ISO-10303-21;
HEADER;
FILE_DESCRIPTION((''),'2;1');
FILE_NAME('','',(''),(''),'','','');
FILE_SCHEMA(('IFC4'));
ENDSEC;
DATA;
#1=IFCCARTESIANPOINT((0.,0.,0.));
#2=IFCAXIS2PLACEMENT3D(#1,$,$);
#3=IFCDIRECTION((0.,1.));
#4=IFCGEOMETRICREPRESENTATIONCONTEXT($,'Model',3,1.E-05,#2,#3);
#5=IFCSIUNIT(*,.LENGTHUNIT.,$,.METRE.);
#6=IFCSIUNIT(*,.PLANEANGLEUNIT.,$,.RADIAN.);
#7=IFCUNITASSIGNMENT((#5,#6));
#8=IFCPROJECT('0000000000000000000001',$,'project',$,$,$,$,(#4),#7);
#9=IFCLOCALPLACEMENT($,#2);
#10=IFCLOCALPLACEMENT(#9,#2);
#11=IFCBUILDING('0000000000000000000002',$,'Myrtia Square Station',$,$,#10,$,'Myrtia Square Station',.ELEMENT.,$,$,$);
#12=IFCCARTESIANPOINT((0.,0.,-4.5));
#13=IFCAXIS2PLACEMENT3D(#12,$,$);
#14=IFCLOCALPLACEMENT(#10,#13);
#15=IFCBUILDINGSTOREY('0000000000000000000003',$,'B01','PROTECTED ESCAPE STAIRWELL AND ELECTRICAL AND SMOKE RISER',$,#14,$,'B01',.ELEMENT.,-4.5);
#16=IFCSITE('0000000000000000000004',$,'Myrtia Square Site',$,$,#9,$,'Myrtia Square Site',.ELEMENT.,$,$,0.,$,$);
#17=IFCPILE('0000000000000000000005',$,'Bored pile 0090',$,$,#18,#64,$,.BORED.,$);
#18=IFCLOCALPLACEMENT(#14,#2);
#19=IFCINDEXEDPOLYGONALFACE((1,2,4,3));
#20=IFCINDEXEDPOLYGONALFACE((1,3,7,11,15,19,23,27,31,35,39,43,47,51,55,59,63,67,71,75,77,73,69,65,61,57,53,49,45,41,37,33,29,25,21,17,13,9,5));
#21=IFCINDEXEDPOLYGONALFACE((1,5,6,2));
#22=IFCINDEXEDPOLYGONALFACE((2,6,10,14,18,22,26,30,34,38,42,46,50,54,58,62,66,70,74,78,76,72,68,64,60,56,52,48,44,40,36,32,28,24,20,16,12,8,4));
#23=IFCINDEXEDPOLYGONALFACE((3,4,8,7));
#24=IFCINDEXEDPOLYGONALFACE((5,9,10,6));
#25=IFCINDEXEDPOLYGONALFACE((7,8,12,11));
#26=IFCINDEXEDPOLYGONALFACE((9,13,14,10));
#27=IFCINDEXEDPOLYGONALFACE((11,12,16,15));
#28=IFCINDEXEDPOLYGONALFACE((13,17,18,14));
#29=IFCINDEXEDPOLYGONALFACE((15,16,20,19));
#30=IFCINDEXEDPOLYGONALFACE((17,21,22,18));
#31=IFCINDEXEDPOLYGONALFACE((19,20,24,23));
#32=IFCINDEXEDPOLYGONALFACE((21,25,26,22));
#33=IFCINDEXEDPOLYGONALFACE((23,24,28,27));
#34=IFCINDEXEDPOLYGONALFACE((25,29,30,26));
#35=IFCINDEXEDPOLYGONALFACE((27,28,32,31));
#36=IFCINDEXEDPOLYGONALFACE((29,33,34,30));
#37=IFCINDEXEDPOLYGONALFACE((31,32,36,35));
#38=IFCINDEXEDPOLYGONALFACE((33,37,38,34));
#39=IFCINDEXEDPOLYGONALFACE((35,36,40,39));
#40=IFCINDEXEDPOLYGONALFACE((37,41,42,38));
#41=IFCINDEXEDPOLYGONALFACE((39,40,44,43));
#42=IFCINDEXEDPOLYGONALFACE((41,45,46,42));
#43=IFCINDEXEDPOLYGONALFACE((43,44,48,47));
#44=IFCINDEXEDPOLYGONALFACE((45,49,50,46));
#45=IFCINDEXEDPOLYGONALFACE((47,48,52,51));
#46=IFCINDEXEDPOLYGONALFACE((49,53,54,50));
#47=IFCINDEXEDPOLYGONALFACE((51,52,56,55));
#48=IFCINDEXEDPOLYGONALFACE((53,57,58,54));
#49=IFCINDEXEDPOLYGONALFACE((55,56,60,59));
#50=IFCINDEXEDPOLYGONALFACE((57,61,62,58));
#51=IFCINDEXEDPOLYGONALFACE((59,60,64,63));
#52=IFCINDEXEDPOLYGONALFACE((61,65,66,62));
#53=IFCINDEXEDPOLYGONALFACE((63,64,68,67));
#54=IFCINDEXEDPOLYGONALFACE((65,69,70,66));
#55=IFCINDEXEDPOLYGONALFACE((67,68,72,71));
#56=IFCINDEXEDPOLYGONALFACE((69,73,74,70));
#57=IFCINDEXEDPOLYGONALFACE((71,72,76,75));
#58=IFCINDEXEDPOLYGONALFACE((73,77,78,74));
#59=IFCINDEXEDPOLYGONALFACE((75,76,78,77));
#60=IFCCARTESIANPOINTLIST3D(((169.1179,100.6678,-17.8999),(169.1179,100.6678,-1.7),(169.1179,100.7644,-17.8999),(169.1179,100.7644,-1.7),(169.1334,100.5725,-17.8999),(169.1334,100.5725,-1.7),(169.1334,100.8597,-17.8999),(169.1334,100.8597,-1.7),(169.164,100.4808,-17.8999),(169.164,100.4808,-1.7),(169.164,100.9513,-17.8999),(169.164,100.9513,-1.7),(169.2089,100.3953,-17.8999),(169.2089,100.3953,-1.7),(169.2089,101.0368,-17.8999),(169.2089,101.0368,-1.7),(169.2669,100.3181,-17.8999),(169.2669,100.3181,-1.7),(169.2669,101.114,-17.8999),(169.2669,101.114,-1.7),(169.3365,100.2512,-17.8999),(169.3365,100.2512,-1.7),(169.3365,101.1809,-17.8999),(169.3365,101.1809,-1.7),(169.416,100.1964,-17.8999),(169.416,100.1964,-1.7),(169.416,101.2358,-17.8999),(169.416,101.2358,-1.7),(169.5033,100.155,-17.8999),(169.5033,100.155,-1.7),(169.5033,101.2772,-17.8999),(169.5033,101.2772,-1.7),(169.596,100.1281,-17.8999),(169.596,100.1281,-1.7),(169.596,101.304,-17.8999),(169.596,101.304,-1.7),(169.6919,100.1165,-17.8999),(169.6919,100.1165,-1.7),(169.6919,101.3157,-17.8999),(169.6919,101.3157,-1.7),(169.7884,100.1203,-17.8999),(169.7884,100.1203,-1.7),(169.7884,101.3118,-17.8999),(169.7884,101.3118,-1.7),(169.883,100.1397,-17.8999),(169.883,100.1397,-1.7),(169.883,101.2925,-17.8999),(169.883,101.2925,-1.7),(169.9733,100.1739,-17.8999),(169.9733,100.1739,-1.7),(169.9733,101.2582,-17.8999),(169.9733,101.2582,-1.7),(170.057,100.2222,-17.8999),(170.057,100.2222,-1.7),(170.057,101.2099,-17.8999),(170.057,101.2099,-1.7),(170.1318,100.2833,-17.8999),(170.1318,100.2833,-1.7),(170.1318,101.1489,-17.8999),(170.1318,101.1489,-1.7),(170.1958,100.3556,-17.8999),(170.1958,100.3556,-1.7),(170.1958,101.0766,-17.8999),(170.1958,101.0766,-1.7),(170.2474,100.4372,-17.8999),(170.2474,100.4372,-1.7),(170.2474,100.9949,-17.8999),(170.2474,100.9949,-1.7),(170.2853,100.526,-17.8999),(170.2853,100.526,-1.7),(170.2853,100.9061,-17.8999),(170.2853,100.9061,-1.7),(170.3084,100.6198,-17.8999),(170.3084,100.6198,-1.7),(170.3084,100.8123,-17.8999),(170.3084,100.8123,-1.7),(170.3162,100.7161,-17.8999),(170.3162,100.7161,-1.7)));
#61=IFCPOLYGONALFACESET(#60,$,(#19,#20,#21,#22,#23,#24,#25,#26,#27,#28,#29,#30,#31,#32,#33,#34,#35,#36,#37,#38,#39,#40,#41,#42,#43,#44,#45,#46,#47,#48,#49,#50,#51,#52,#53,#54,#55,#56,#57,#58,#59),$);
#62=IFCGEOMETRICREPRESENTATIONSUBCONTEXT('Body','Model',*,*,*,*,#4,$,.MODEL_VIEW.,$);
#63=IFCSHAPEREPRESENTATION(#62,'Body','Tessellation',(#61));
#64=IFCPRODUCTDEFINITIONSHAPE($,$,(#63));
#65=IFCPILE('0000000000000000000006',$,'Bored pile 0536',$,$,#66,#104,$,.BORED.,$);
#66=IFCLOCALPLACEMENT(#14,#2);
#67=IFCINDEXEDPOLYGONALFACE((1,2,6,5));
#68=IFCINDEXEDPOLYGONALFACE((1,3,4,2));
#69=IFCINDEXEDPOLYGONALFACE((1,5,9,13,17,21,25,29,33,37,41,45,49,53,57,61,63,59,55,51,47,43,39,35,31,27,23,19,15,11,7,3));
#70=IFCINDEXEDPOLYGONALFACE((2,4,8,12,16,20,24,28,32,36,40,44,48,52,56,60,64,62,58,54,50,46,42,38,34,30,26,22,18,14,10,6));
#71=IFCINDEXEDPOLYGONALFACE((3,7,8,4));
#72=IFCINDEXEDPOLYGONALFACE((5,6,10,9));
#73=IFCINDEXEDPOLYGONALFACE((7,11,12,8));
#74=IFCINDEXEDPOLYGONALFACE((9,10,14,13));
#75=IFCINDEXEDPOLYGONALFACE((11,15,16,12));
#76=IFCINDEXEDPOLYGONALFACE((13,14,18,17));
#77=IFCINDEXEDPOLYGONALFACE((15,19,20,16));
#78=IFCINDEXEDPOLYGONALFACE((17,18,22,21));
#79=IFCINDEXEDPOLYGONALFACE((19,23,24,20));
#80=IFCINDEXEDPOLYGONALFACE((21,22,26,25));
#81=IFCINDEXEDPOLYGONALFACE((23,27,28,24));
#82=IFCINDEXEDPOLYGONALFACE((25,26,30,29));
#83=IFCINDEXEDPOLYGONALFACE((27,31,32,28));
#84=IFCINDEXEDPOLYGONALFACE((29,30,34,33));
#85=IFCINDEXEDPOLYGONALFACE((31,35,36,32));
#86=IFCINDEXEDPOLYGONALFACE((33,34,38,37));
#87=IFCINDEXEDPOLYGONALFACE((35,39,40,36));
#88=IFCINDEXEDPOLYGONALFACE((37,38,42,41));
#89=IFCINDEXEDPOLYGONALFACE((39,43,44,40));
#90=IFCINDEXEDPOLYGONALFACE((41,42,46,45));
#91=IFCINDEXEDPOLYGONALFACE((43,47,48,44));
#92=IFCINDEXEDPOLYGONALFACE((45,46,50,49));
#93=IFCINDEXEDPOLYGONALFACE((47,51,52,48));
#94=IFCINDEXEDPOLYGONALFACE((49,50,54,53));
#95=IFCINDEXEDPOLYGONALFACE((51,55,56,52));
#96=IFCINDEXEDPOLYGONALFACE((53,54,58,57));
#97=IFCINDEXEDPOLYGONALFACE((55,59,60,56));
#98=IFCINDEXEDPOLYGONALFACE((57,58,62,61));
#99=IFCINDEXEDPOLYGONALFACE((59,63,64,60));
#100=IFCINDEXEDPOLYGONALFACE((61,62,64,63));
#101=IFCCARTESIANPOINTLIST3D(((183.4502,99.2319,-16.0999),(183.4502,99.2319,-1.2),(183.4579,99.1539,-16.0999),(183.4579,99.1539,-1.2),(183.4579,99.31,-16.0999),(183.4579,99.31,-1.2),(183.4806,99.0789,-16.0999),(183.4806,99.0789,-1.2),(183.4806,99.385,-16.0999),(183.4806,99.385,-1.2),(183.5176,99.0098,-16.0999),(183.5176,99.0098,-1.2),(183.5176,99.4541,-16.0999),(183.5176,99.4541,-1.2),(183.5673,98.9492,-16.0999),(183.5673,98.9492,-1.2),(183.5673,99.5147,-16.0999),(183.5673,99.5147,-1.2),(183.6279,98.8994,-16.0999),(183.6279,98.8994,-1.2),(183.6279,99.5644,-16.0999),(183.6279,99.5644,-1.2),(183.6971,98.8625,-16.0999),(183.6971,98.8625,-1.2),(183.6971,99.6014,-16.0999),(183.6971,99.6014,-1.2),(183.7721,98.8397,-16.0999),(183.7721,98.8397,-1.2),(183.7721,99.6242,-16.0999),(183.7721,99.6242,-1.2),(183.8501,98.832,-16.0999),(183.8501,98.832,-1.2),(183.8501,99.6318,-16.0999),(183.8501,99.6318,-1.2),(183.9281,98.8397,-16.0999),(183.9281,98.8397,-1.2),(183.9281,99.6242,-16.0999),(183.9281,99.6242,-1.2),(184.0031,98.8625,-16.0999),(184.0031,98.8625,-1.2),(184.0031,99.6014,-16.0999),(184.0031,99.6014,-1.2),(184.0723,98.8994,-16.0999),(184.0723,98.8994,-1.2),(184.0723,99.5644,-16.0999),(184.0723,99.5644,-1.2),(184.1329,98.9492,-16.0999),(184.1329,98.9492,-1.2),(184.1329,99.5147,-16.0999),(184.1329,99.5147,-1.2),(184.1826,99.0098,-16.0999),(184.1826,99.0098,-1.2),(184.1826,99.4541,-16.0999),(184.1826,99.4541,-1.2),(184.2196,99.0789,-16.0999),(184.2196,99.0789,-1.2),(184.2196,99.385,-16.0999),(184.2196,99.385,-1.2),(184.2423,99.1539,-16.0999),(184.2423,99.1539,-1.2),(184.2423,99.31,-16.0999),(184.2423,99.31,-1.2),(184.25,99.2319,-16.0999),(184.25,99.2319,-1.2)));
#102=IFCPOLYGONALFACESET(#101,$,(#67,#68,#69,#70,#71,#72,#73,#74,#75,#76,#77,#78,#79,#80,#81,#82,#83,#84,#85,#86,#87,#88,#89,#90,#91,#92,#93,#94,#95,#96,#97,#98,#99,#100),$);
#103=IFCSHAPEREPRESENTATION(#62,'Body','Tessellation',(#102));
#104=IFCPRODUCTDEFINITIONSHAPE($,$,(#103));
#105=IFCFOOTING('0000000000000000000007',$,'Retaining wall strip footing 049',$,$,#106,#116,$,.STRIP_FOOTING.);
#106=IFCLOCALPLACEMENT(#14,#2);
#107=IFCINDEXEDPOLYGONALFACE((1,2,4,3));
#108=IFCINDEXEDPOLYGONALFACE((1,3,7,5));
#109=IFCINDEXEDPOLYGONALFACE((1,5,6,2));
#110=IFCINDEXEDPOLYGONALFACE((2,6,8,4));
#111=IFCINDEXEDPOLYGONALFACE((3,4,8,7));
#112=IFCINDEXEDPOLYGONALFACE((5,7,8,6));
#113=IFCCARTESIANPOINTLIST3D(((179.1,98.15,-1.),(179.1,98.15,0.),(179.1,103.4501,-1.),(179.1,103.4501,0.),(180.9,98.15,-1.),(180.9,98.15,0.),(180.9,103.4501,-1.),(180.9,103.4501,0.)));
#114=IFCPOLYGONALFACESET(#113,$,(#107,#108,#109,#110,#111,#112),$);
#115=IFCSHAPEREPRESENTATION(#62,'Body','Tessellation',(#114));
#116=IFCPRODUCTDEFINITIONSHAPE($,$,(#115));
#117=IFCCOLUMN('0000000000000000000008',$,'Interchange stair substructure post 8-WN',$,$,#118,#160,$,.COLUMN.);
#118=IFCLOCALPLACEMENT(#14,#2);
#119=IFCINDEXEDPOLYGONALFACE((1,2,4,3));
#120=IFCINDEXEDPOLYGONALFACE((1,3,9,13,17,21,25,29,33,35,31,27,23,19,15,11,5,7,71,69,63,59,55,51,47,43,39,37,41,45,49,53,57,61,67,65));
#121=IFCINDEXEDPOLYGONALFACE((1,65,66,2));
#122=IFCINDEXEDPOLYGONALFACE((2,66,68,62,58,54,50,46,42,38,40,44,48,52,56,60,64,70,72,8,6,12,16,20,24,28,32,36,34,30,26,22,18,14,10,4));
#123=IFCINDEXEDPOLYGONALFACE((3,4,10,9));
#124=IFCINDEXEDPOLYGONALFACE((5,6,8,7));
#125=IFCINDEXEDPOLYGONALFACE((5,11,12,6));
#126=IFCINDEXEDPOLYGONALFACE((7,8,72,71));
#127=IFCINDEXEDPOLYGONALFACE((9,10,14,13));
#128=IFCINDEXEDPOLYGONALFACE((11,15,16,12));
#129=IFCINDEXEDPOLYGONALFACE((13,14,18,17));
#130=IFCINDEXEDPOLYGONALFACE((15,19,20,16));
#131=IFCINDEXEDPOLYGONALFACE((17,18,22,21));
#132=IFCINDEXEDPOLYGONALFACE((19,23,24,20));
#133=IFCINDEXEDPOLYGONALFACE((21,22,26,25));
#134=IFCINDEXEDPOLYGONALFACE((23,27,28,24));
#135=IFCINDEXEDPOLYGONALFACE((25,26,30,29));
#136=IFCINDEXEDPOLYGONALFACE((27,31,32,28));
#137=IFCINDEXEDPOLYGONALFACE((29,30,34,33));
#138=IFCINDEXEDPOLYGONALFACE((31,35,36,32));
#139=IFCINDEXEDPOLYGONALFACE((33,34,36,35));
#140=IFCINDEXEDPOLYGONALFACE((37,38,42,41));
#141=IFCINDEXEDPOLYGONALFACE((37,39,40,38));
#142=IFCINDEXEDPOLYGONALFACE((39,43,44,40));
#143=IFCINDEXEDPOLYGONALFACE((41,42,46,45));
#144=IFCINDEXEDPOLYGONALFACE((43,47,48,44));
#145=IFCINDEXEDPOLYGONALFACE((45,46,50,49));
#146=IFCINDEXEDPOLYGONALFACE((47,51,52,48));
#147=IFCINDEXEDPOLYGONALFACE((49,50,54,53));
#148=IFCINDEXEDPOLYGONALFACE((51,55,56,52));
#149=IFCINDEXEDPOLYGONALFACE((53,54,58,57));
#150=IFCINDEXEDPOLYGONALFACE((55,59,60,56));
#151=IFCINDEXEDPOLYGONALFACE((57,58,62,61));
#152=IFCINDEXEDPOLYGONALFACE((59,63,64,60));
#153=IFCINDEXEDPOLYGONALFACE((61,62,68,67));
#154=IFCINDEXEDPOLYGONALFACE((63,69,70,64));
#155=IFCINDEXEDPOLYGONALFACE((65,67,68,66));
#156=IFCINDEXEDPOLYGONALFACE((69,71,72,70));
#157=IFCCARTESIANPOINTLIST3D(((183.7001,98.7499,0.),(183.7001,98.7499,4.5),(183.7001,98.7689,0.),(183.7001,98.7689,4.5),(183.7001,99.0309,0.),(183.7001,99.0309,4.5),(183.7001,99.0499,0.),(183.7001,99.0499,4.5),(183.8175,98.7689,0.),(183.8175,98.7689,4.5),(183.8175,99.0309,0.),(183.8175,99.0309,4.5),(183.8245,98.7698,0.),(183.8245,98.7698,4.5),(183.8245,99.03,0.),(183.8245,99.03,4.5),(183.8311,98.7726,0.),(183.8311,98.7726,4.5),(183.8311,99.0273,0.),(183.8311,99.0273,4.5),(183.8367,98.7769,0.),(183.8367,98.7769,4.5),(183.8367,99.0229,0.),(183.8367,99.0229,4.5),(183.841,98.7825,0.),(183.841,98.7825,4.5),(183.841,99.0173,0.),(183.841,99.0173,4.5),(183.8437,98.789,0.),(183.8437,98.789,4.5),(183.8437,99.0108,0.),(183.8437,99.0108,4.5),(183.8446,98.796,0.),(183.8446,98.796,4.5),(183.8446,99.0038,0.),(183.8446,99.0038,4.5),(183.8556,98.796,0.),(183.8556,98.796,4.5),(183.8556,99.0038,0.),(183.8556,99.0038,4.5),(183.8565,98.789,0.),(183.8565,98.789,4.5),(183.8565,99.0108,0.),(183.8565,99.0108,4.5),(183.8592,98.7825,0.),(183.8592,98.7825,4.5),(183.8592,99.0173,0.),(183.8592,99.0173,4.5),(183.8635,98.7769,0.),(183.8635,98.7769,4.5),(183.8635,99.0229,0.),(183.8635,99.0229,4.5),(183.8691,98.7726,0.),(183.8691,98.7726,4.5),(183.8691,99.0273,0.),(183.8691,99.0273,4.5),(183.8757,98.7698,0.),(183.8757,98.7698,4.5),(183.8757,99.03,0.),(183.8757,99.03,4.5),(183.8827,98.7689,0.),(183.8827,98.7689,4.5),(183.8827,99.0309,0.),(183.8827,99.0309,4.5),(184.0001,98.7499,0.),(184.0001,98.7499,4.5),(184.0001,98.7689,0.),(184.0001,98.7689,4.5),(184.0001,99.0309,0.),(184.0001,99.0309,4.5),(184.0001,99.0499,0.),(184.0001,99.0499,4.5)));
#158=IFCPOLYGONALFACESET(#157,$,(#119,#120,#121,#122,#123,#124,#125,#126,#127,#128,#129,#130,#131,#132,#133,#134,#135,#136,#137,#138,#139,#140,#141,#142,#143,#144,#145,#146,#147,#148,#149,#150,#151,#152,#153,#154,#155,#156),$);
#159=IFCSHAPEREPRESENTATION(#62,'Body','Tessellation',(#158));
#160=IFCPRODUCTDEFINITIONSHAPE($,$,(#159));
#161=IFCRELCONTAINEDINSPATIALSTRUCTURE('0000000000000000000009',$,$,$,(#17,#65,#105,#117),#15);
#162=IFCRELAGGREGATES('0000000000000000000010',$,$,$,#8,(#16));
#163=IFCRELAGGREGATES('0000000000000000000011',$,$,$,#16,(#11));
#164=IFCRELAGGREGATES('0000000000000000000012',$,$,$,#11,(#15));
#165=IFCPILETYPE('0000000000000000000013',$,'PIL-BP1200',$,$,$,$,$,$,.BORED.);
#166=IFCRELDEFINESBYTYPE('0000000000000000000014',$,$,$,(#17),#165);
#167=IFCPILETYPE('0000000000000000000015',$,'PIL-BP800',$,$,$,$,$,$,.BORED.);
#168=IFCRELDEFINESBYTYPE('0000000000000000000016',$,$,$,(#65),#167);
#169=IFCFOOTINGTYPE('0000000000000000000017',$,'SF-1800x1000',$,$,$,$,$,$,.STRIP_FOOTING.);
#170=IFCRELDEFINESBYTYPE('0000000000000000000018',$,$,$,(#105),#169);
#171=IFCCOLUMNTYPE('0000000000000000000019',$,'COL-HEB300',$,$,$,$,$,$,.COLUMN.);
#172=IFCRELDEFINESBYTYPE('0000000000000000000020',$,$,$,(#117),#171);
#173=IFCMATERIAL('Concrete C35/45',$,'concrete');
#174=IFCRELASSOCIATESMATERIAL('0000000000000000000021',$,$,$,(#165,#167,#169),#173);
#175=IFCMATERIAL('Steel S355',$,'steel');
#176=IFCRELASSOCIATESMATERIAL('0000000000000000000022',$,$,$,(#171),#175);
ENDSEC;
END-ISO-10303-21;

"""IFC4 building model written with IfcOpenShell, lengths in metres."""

from ifc_helpers import new_model, si_unit, direction, frame, origin, origin_2d, place, context, subcontext, project, spatial, rectangle, circle, i_section, extrude, material, material_profile, profile_set, type_object, element, save


model = new_model("IFC4")

# Units and contexts
model_context = context("Model", 3, precision=1e-05, world=origin(), true_north=direction((0.0, 1.0)))
body_context = subcontext(model_context, "Body", "Model", "MODEL_VIEW")
ifc_project = project(units=[si_unit("LENGTHUNIT", "METRE"), si_unit("PLANEANGLEUNIT", "RADIAN")], contexts=[model_context])

# Site, building, storey
site_placement = place(None, origin())
site = spatial("IfcSite", under=ifc_project, at=site_placement, Name="Myrtia Square Site", LongName="Myrtia Square Site", CompositionType="ELEMENT", RefElevation=0.0)
building_placement = place(site_placement, origin())
building = spatial("IfcBuilding", under=site, at=building_placement, Name="Myrtia Square Station", LongName="Myrtia Square Station", CompositionType="ELEMENT")
storey_placement = place(building_placement, frame((0.0, 0.0, -4.5)))
storey = spatial("IfcBuildingStorey", under=building, at=storey_placement, Name="B01", Description="PROTECTED ESCAPE STAIRWELL AND ELECTRICAL AND SMOKE RISER", LongName="B01", CompositionType="ELEMENT", Elevation=-4.5)

# Shared definitions
ifc_material_1 = material(Name="Concrete C35/45", Category="concrete")

# Piles
ifc_material_profile_1 = material_profile(ifc_material_1, circle(Radius=0.6001, at=origin_2d()), Name="BP D1200")
ifc_profile_set_1 = profile_set([ifc_material_profile_1], Name="Concrete C35/45")
pile_type_1 = type_object("IfcPileType", Name="PIL-BP1200", PredefinedType="BORED", material=ifc_profile_set_1)
pile_1_placement = place(storey_placement, frame((169.7161, 100.7161, -1.7), z_axis=(0.0, 0.0, -1.0), x_axis=(1.0, 0.0, 0.0)))
element("IfcPile", 1, at=pile_1_placement, inside=storey, type_object=pile_type_1, Name="Bored pile 0090", PredefinedType="BORED", context=body_context, shape_type="SweptSolid", body=[
    extrude(circle(Radius=0.6001, at=origin_2d()), origin(), (0.0, 0.0, 1.0), 16.2),
])
ifc_material_profile_2 = material_profile(ifc_material_1, circle(Radius=0.3999, at=origin_2d()), Name="BP D800")
ifc_profile_set_2 = profile_set([ifc_material_profile_2], Name="Concrete C35/45")
pile_type_2 = type_object("IfcPileType", Name="PIL-BP800", PredefinedType="BORED", material=ifc_profile_set_2)
pile_2_placement = place(storey_placement, frame((183.8501, 99.2319, -1.2), z_axis=(0.0, 0.0, -1.0), x_axis=(1.0, 0.0, 0.0)))
element("IfcPile", 2, at=pile_2_placement, inside=storey, type_object=pile_type_2, Name="Bored pile 0536", PredefinedType="BORED", context=body_context, shape_type="SweptSolid", body=[
    extrude(circle(Radius=0.3999, at=origin_2d()), origin(), (0.0, 0.0, 1.0), 14.8999),
])

# Footing
footing_type_1 = type_object("IfcFootingType", Name="SF-1800x1000", PredefinedType="STRIP_FOOTING", material=ifc_material_1)
footing_1_placement = place(storey_placement, frame((180.0, 100.8, -1.0), z_axis=(0.0, 0.0, 1.0), x_axis=(1.0, 0.0, 0.0)))
element("IfcFooting", 3, at=footing_1_placement, inside=storey, type_object=footing_type_1, Name="Retaining wall strip footing 049", PredefinedType="STRIP_FOOTING", context=body_context, shape_type="SweptSolid", body=[
    extrude(rectangle(XDim=1.8, YDim=5.3, at=origin_2d()), origin(), (0.0, 0.0, 1.0), 1.0),
])

# Column
ifc_material_2 = material(Name="Steel S355", Category="steel")
ifc_material_profile_3 = material_profile(ifc_material_2, i_section(OverallWidth=0.3, OverallDepth=0.3, WebThickness=0.011, FlangeThickness=0.019, FilletRadius=0.0271, at=origin_2d()), Name="HEB 300")
ifc_profile_set_3 = profile_set([ifc_material_profile_3], Name="Steel S355")
column_type_1 = type_object("IfcColumnType", Name="COL-HEB300", PredefinedType="COLUMN", material=ifc_profile_set_3)
for number, where, z_axis, x_axis, name in (
    (4, (183.8501, 98.8999, 0.0), (0.0, 0.0, 1.0), (1.0, 0.0, 0.0), "Interchange stair substructure post 8-WN"),
):
    element("IfcColumn", number, at=place(storey_placement, frame(where, z_axis=z_axis, x_axis=x_axis)), inside=storey, type_object=column_type_1, Name=name, PredefinedType="COLUMN", context=body_context, shape_type="SweptSolid", body=[
        extrude(i_section(OverallWidth=0.3, OverallDepth=0.3, WebThickness=0.011, FlangeThickness=0.019, FilletRadius=0.0271, at=origin_2d()), origin(), (0.0, 0.0, 1.0), 4.5),
    ])

save(model, "model.ifc")
